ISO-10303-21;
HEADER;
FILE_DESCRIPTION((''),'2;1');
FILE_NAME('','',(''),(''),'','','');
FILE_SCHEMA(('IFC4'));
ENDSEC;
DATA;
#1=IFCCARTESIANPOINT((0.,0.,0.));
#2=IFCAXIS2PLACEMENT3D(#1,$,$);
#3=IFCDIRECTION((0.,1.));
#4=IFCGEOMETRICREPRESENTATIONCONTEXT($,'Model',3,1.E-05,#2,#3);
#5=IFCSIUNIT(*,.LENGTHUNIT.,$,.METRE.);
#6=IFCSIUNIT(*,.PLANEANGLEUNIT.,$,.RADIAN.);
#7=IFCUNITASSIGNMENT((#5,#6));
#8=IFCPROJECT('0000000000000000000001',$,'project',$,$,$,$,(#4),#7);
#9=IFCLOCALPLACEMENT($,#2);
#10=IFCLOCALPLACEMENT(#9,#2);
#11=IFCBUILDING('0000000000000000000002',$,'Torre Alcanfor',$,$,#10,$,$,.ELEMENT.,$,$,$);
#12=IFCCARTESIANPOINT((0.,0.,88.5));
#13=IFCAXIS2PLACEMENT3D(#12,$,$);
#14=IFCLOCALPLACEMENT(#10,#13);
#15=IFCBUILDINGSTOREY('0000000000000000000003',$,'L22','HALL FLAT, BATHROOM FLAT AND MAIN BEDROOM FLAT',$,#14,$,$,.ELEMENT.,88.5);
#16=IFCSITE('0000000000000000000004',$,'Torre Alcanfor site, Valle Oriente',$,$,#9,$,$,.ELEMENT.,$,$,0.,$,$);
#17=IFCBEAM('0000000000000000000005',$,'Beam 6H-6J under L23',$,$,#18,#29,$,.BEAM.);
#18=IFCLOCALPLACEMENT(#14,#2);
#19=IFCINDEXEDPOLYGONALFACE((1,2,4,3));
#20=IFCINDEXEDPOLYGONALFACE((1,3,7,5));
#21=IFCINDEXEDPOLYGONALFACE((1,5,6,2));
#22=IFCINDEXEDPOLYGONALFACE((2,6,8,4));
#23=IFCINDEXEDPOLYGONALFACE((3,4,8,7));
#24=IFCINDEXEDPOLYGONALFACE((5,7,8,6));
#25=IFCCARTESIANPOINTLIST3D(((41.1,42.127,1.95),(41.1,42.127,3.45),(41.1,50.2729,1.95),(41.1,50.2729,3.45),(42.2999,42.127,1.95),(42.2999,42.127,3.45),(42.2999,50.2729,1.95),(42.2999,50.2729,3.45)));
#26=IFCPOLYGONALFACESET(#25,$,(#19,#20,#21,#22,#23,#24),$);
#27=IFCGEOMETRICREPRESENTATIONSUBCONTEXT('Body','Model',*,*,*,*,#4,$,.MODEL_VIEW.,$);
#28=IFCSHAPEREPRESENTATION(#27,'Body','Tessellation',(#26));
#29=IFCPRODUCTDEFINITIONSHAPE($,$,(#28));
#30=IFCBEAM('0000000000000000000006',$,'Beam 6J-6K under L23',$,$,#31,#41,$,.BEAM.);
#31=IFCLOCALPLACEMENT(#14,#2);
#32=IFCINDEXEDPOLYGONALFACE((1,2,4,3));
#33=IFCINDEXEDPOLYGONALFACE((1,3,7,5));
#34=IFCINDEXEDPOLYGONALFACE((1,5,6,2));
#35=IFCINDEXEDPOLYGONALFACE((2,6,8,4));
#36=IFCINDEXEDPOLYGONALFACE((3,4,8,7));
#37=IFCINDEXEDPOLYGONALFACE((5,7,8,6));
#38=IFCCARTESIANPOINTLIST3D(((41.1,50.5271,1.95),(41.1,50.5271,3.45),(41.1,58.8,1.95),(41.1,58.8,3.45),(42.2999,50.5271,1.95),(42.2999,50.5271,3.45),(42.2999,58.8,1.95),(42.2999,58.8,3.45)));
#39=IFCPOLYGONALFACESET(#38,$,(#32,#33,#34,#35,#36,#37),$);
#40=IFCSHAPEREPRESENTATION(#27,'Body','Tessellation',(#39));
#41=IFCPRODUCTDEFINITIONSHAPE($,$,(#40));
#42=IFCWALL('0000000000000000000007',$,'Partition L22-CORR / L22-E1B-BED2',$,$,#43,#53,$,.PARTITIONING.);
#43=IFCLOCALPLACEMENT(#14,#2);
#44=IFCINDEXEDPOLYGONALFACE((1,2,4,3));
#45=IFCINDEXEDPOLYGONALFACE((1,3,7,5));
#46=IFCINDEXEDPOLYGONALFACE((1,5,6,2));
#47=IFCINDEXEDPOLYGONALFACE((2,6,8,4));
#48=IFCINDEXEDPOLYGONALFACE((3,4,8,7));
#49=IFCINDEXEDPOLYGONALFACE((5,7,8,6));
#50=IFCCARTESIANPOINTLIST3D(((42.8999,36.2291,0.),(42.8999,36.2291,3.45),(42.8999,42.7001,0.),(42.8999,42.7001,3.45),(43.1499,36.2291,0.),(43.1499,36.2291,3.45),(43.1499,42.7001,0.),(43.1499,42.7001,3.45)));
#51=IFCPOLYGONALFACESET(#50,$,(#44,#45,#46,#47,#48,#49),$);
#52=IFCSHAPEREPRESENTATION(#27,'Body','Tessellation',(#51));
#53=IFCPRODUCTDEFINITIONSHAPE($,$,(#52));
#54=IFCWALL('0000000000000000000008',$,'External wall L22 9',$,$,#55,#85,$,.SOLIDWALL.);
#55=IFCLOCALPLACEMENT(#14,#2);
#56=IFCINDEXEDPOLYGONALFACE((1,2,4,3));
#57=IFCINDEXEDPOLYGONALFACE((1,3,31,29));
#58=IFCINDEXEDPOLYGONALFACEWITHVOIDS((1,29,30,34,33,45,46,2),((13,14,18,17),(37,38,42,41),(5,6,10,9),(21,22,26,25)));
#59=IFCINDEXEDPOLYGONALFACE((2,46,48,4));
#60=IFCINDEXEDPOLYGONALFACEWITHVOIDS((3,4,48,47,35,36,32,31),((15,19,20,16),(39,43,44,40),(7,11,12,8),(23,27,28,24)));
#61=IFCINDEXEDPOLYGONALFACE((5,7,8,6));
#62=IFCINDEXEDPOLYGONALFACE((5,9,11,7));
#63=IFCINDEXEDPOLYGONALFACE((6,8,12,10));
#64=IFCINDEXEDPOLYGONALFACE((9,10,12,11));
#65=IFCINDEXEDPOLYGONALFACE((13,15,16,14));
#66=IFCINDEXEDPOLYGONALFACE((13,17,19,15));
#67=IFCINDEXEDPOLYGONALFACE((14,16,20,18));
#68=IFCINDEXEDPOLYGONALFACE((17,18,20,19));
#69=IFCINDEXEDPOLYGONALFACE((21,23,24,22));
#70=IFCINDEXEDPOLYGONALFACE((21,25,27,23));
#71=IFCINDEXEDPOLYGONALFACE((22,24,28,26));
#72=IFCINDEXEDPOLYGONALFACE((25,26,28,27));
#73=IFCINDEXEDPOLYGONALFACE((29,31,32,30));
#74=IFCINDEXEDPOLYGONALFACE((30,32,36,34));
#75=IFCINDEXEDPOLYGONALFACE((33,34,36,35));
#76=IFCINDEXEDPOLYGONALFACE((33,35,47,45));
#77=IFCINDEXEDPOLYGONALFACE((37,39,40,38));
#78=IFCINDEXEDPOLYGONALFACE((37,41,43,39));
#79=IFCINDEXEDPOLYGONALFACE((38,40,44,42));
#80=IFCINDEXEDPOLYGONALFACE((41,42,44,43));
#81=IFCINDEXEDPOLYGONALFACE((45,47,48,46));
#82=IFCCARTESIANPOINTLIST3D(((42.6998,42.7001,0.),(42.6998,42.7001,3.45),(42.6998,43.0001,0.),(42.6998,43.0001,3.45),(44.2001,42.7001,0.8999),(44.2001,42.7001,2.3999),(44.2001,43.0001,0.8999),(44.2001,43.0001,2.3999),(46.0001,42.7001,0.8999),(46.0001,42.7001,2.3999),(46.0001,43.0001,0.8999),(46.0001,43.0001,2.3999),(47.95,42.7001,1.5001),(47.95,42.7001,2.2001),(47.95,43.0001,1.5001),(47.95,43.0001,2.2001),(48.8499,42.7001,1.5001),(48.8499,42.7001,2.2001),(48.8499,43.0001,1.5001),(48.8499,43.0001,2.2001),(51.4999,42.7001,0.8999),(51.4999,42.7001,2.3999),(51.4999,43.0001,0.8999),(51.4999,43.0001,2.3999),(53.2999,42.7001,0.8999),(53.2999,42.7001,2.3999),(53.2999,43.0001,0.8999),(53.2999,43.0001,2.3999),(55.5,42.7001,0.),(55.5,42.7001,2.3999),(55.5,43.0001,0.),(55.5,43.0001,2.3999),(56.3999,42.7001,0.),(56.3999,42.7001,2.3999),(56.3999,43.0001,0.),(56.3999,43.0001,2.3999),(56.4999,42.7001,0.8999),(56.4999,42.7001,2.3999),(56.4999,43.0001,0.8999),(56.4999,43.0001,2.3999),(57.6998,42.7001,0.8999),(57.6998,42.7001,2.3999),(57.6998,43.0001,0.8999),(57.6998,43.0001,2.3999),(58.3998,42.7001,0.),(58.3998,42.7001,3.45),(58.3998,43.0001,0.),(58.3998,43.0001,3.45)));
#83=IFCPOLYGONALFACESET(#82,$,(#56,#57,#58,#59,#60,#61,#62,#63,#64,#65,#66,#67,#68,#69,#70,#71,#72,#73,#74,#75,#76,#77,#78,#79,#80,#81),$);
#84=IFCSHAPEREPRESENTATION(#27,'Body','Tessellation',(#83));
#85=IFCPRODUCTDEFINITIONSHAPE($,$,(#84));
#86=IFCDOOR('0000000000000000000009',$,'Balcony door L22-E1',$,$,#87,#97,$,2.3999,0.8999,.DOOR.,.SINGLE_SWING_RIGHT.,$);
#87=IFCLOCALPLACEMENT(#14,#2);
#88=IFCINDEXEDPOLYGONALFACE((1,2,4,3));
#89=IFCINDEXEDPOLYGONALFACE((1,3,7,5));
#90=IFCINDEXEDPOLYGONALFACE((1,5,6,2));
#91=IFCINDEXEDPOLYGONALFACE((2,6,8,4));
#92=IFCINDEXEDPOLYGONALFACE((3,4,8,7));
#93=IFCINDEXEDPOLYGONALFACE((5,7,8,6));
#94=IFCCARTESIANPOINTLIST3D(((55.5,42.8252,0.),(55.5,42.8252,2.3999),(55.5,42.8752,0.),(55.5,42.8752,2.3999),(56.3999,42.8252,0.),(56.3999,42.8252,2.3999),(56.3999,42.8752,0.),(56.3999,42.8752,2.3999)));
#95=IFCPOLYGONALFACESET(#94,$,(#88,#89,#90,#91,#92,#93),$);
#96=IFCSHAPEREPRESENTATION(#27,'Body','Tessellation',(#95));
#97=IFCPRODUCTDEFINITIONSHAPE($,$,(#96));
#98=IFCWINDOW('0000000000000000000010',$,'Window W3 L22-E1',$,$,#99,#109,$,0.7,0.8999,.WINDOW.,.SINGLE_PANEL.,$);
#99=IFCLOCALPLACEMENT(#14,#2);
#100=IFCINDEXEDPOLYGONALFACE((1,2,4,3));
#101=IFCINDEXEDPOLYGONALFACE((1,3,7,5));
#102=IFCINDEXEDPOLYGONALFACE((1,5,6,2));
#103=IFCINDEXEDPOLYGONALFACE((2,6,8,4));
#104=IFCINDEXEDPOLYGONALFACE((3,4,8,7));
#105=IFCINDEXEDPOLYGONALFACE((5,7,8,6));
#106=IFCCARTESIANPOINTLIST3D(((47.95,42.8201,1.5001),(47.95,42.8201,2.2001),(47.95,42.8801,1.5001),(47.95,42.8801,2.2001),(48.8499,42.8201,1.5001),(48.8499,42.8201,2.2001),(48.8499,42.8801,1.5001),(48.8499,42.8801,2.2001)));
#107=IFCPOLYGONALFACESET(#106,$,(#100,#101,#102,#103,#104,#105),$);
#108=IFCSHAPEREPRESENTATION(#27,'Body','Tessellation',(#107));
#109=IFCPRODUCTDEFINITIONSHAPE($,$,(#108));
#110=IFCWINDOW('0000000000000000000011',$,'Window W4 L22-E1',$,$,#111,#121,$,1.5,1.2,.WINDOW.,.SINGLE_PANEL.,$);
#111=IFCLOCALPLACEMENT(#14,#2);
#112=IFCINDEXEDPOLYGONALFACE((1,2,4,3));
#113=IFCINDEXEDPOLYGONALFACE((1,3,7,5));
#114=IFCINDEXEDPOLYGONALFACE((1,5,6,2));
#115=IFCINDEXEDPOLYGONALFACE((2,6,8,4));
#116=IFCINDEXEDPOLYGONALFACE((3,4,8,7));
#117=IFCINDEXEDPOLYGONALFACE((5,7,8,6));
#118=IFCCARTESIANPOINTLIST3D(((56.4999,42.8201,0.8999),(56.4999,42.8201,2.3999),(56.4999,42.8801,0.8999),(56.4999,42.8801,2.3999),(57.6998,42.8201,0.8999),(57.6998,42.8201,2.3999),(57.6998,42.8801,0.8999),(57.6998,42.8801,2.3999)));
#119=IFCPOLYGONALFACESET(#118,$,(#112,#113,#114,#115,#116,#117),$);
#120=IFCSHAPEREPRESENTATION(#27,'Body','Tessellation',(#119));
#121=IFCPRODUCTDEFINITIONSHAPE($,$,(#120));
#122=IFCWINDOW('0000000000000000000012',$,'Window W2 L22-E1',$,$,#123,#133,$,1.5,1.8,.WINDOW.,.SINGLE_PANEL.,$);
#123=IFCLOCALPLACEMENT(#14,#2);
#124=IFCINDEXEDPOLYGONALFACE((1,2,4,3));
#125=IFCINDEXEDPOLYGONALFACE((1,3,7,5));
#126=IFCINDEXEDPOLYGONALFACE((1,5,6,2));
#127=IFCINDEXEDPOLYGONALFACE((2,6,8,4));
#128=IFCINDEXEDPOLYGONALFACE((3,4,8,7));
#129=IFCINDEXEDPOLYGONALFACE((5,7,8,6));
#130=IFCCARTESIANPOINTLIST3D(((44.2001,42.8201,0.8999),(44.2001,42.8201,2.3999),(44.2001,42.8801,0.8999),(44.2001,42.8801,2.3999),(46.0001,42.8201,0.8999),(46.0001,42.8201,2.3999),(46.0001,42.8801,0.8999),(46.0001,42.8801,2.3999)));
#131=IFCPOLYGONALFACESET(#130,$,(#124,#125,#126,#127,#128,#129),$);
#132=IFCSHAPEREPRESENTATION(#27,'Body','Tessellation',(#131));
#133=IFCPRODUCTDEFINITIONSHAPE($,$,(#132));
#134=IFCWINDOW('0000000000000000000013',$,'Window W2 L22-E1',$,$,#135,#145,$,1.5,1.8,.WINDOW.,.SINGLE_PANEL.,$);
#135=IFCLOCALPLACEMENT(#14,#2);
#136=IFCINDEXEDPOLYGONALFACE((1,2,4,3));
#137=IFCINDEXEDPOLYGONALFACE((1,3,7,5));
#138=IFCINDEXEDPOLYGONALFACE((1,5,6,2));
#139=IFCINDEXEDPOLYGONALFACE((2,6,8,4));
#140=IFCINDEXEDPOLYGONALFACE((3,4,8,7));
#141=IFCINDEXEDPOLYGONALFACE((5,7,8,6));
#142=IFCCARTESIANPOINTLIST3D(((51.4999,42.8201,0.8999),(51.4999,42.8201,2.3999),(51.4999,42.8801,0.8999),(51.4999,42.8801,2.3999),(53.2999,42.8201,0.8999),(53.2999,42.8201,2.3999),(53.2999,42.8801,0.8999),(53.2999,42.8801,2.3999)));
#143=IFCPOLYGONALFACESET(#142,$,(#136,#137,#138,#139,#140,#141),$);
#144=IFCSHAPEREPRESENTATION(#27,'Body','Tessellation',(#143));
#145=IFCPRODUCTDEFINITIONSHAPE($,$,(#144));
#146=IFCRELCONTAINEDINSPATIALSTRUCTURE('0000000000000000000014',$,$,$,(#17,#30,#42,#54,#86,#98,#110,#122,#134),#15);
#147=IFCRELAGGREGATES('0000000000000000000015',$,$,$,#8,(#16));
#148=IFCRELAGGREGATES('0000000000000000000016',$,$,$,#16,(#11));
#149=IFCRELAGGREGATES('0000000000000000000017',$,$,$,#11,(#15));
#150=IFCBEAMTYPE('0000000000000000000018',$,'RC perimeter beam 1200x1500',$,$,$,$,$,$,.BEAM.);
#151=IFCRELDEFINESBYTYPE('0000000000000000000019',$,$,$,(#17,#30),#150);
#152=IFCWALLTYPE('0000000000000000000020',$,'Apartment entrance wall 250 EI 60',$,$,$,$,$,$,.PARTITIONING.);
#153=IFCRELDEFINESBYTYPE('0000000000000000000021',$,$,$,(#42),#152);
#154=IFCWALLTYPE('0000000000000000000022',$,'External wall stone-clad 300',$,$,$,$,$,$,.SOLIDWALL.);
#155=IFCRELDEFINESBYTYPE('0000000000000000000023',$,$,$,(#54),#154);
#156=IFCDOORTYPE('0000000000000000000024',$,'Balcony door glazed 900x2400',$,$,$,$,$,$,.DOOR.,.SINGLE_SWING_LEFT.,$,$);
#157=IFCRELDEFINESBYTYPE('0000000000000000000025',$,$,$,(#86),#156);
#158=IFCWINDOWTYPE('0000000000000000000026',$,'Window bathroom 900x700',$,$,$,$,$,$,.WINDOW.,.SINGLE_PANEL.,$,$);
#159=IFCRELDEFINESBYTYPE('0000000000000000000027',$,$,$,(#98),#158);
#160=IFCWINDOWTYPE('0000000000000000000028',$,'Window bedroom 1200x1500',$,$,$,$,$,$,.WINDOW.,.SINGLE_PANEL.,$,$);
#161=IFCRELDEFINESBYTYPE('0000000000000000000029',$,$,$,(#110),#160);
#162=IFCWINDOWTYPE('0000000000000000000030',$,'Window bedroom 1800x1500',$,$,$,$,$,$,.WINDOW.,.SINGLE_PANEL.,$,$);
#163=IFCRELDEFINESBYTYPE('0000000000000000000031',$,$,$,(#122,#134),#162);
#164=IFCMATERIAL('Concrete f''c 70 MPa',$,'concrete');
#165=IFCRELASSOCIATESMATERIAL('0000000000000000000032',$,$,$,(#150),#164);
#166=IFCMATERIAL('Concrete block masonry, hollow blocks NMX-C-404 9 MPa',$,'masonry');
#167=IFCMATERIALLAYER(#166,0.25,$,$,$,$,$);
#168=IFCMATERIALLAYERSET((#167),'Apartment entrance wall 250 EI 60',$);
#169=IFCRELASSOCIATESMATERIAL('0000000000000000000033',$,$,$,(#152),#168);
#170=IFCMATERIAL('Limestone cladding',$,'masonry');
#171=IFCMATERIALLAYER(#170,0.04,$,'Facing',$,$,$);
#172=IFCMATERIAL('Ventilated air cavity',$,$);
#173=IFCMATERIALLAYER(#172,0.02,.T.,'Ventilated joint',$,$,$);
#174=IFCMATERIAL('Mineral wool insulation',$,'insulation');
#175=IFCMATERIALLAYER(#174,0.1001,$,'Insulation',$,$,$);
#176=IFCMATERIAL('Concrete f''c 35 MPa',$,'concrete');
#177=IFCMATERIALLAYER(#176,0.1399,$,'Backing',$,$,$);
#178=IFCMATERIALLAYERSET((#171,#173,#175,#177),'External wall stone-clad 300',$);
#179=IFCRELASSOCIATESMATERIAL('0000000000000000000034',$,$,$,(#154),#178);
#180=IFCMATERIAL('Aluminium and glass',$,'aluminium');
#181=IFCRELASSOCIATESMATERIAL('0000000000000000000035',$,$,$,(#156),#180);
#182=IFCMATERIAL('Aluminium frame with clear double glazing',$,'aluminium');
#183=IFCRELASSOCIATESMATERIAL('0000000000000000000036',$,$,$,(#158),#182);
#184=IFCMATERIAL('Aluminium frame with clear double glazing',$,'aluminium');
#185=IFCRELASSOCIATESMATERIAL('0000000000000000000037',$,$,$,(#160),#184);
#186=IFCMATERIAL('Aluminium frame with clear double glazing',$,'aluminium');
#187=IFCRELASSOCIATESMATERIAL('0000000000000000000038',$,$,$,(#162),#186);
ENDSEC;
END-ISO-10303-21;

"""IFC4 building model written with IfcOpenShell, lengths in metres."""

from ifc_helpers import new_model, si_unit, direction, frame, frame_2d, origin, origin_2d, place, context, subcontext, project, spatial, rectangle, extrude, material, layer, layer_set, material_profile, profile_set, type_object, element, fill, save


model = new_model("IFC4")

# Units and contexts
model_context = context("Model", 3, precision=1e-05, world=origin(), true_north=direction((0.0, 1.0)))
body_context = subcontext(model_context, "Body", "Model", "MODEL_VIEW")
ifc_project = project(units=[si_unit("LENGTHUNIT", "METRE"), si_unit("PLANEANGLEUNIT", "RADIAN")], contexts=[model_context])

# Site, building, storey
site_placement = place(None, origin())
site = spatial("IfcSite", under=ifc_project, at=site_placement, Name="Torre Alcanfor site, Valle Oriente", CompositionType="ELEMENT", RefElevation=0.0)
building_placement = place(site_placement, origin())
building = spatial("IfcBuilding", under=site, at=building_placement, Name="Torre Alcanfor", CompositionType="ELEMENT")
storey_placement = place(building_placement, frame((0.0, 0.0, 88.5)))
storey = spatial("IfcBuildingStorey", under=building, at=storey_placement, Name="L22", Description="HALL FLAT, BATHROOM FLAT AND MAIN BEDROOM FLAT", CompositionType="ELEMENT", Elevation=88.5)

# Beams
ifc_material_1 = material(Name="Concrete f'c 70 MPa", Category="concrete")
ifc_material_profile_1 = material_profile(ifc_material_1, rectangle(XDim=1.2, YDim=1.5, at=origin_2d()), Name="1200x1500")
ifc_profile_set_1 = profile_set([ifc_material_profile_1], Name="Concrete f'c 70 MPa")
beam_type_1 = type_object("IfcBeamType", Name="RC perimeter beam 1200x1500", PredefinedType="BEAM", material=ifc_profile_set_1)
beam_1_placement = place(storey_placement, frame((41.7, 42.127, 2.7), z_axis=(0.0, 1.0, 0.0), x_axis=(-1.0, 0.0, 0.0)))
element("IfcBeam", 1, at=beam_1_placement, inside=storey, type_object=beam_type_1, Name="Beam 6H-6J under L23", PredefinedType="BEAM", context=body_context, shape_type="SweptSolid", body=[
    extrude(rectangle(XDim=1.2, YDim=1.5, at=origin_2d()), origin(), (0.0, 0.0, 1.0), 8.146),
])
beam_2_placement = place(storey_placement, frame((41.7, 50.5271, 2.7), z_axis=(0.0, 1.0, 0.0), x_axis=(-1.0, 0.0, 0.0)))
element("IfcBeam", 2, at=beam_2_placement, inside=storey, type_object=beam_type_1, Name="Beam 6J-6K under L23", PredefinedType="BEAM", context=body_context, shape_type="SweptSolid", body=[
    extrude(rectangle(XDim=1.2, YDim=1.5, at=origin_2d()), origin(), (0.0, 0.0, 1.0), 8.2729),
])

# Wall
ifc_material_2 = material(Name="Concrete block masonry, hollow blocks NMX-C-404 9 MPa", Category="masonry")
ifc_layer_1 = layer(ifc_material_2, 0.25)
ifc_layer_set_1 = layer_set([ifc_layer_1], Name="Apartment entrance wall 250 EI 60")
wall_type_1 = type_object("IfcWallType", Name="Apartment entrance wall 250 EI 60", PredefinedType="PARTITIONING", material=ifc_layer_set_1)
wall_1_placement = place(storey_placement, frame((43.0249, 42.7, 0.0), z_axis=(0.0, 0.0, 1.0), x_axis=(0.0, -1.0, 0.0)))
element("IfcWall", 3, at=wall_1_placement, inside=storey, type_object=wall_type_1, Name="Partition L22-CORR / L22-E1B-BED2", PredefinedType="PARTITIONING", context=body_context, shape_type="SweptSolid", body=[
    extrude(rectangle(XDim=6.4709, YDim=0.25, at=frame_2d((3.2354, 0.0))), origin(), (0.0, 0.0, 1.0), 3.45),
])

# Wall, openings, door, windows
ifc_material_3 = material(Name="Limestone cladding", Category="masonry")
ifc_layer_2 = layer(ifc_material_3, 0.04, Name="Facing")
ifc_material_4 = material(Name="Ventilated air cavity")
ifc_layer_3 = layer(ifc_material_4, 0.02, ventilated=True, Name="Ventilated joint")
ifc_material_5 = material(Name="Mineral wool insulation", Category="insulation")
ifc_layer_4 = layer(ifc_material_5, 0.1001, Name="Insulation")
ifc_material_6 = material(Name="Concrete f'c 35 MPa", Category="concrete")
ifc_layer_5 = layer(ifc_material_6, 0.1399, Name="Backing")
ifc_layer_set_2 = layer_set([ifc_layer_2, ifc_layer_3, ifc_layer_4, ifc_layer_5], Name="External wall stone-clad 300")
wall_type_2 = type_object("IfcWallType", Name="External wall stone-clad 300", PredefinedType="SOLIDWALL", material=ifc_layer_set_2)
wall_2_placement = place(storey_placement, frame((58.3999, 42.8501, 0.0), z_axis=(0.0, 0.0, 1.0), x_axis=(-1.0, 0.0, 0.0)))
wall_2 = element("IfcWall", 4, at=wall_2_placement, inside=storey, type_object=wall_type_2, Name="External wall L22 9", PredefinedType="SOLIDWALL", context=body_context, shape_type="SweptSolid", body=[
    extrude(rectangle(XDim=15.7, YDim=0.3, at=frame_2d((7.8501, 0.0))), origin(), (0.0, 0.0, 1.0), 3.45),
])
opening_1_placement = place(wall_2_placement, frame((12.3999, 0.0, 0.8999)))
opening_1 = element("IfcOpeningElement", 5, at=opening_1_placement, cuts=wall_2, PredefinedType="OPENING", context=body_context, shape_type="SweptSolid", body=[
    extrude(rectangle(XDim=1.8, YDim=1.5, at=frame_2d((0.8999, 0.75))), frame((0.0, 0.1599, 0.0), z_axis=(0.0, -1.0, 0.0), x_axis=(1.0, 0.0, 0.0)), (0.0, 0.0, 1.0), 0.3201),
])
opening_2_placement = place(wall_2_placement, frame((9.55, 0.0, 1.5)))
opening_2 = element("IfcOpeningElement", 6, at=opening_2_placement, cuts=wall_2, PredefinedType="OPENING", context=body_context, shape_type="SweptSolid", body=[
    extrude(rectangle(XDim=0.8999, YDim=0.7, at=frame_2d((0.45, 0.3501))), frame((0.0, 0.1599, 0.0), z_axis=(0.0, -1.0, 0.0), x_axis=(1.0, 0.0, 0.0)), (0.0, 0.0, 1.0), 0.3201),
])
opening_3_placement = place(wall_2_placement, frame((5.1001, 0.0, 0.8999)))
opening_3 = element("IfcOpeningElement", 7, at=opening_3_placement, cuts=wall_2, PredefinedType="OPENING", context=body_context, shape_type="SweptSolid", body=[
    extrude(rectangle(XDim=1.8, YDim=1.5, at=frame_2d((0.8999, 0.75))), frame((0.0, 0.1599, 0.0), z_axis=(0.0, -1.0, 0.0), x_axis=(1.0, 0.0, 0.0)), (0.0, 0.0, 1.0), 0.3201),
])
opening_4_placement = place(wall_2_placement, frame((2.0, 0.0, 0.0)))
opening_4 = element("IfcOpeningElement", 8, at=opening_4_placement, cuts=wall_2, PredefinedType="OPENING", context=body_context, shape_type="SweptSolid", body=[
    extrude(rectangle(XDim=0.8999, YDim=2.3999, at=frame_2d((0.45, 1.2))), frame((0.0, 0.1599, 0.0), z_axis=(0.0, -1.0, 0.0), x_axis=(1.0, 0.0, 0.0)), (0.0, 0.0, 1.0), 0.3201),
])
opening_5_placement = place(wall_2_placement, frame((0.7, 0.0, 0.8999)))
opening_5 = element("IfcOpeningElement", 9, at=opening_5_placement, cuts=wall_2, PredefinedType="OPENING", context=body_context, shape_type="SweptSolid", body=[
    extrude(rectangle(XDim=1.2, YDim=1.5, at=frame_2d((0.6001, 0.75))), frame((0.0, 0.1599, 0.0), z_axis=(0.0, -1.0, 0.0), x_axis=(1.0, 0.0, 0.0)), (0.0, 0.0, 1.0), 0.3201),
])
ifc_material_7 = material(Name="Aluminium and glass", Category="aluminium")
door_type = type_object("IfcDoorType", Name="Balcony door glazed 900x2400", OperationType="SINGLE_SWING_LEFT", PredefinedType="DOOR", material=ifc_material_7)
door_1_placement = place(opening_4_placement, origin())
door_1 = element("IfcDoor", 10, at=door_1_placement, inside=storey, type_object=door_type, Name="Balcony door L22-E1", OperationType="SINGLE_SWING_RIGHT", OverallHeight=2.3999, OverallWidth=0.8999, PredefinedType="DOOR", context=body_context, shape_type="SweptSolid", body=[
    extrude(rectangle(XDim=0.8999, YDim=2.3999, at=frame_2d((0.45, 1.2))), frame((0.0, 0.0249, 0.0), z_axis=(0.0, -1.0, 0.0), x_axis=(1.0, 0.0, 0.0)), (0.0, 0.0, 1.0), 0.05),
])
fill(opening_4, door_1)
ifc_material_8 = material(Name="Aluminium frame with clear double glazing", Category="aluminium")
window_type_1 = type_object("IfcWindowType", Name="Window bathroom 900x700", PartitioningType="SINGLE_PANEL", PredefinedType="WINDOW", material=ifc_material_8)
window_1_placement = place(opening_2_placement, origin())
window_1 = element("IfcWindow", 11, at=window_1_placement, inside=storey, type_object=window_type_1, Name="Window W3 L22-E1", OverallHeight=0.7, OverallWidth=0.8999, PartitioningType="SINGLE_PANEL", PredefinedType="WINDOW", context=body_context, shape_type="SweptSolid", body=[
    extrude(rectangle(XDim=0.8999, YDim=0.7, at=frame_2d((0.45, 0.3501))), frame((0.0, 0.03, 0.0), z_axis=(0.0, -1.0, 0.0), x_axis=(1.0, 0.0, 0.0)), (0.0, 0.0, 1.0), 0.0601),
])
fill(opening_2, window_1)
ifc_material_9 = material(Name="Aluminium frame with clear double glazing", Category="aluminium")
window_type_2 = type_object("IfcWindowType", Name="Window bedroom 1200x1500", PartitioningType="SINGLE_PANEL", PredefinedType="WINDOW", material=ifc_material_9)
window_2_placement = place(opening_5_placement, origin())
window_2 = element("IfcWindow", 12, at=window_2_placement, inside=storey, type_object=window_type_2, Name="Window W4 L22-E1", OverallHeight=1.5, OverallWidth=1.2, PartitioningType="SINGLE_PANEL", PredefinedType="WINDOW", context=body_context, shape_type="SweptSolid", body=[
    extrude(rectangle(XDim=1.2, YDim=1.5, at=frame_2d((0.6001, 0.75))), frame((0.0, 0.03, 0.0), z_axis=(0.0, -1.0, 0.0), x_axis=(1.0, 0.0, 0.0)), (0.0, 0.0, 1.0), 0.0601),
])
fill(opening_5, window_2)
ifc_material_10 = material(Name="Aluminium frame with clear double glazing", Category="aluminium")
window_type_3 = type_object("IfcWindowType", Name="Window bedroom 1800x1500", PartitioningType="SINGLE_PANEL", PredefinedType="WINDOW", material=ifc_material_10)
window_3_placement = place(opening_1_placement, origin())
window_3 = element("IfcWindow", 13, at=window_3_placement, inside=storey, type_object=window_type_3, Name="Window W2 L22-E1", OverallHeight=1.5, OverallWidth=1.8, PartitioningType="SINGLE_PANEL", PredefinedType="WINDOW", context=body_context, shape_type="SweptSolid", body=[
    extrude(rectangle(XDim=1.8, YDim=1.5, at=frame_2d((0.8999, 0.75))), frame((0.0, 0.03, 0.0), z_axis=(0.0, -1.0, 0.0), x_axis=(1.0, 0.0, 0.0)), (0.0, 0.0, 1.0), 0.0601),
])
fill(opening_1, window_3)
window_4_placement = place(opening_3_placement, origin())
window_4 = element("IfcWindow", 14, at=window_4_placement, inside=storey, type_object=window_type_3, Name="Window W2 L22-E1", OverallHeight=1.5, OverallWidth=1.8, PartitioningType="SINGLE_PANEL", PredefinedType="WINDOW", context=body_context, shape_type="SweptSolid", body=[
    extrude(rectangle(XDim=1.8, YDim=1.5, at=frame_2d((0.8999, 0.75))), frame((0.0, 0.03, 0.0), z_axis=(0.0, -1.0, 0.0), x_axis=(1.0, 0.0, 0.0)), (0.0, 0.0, 1.0), 0.0601),
])
fill(opening_3, window_4)

save(model, "model.ifc")
